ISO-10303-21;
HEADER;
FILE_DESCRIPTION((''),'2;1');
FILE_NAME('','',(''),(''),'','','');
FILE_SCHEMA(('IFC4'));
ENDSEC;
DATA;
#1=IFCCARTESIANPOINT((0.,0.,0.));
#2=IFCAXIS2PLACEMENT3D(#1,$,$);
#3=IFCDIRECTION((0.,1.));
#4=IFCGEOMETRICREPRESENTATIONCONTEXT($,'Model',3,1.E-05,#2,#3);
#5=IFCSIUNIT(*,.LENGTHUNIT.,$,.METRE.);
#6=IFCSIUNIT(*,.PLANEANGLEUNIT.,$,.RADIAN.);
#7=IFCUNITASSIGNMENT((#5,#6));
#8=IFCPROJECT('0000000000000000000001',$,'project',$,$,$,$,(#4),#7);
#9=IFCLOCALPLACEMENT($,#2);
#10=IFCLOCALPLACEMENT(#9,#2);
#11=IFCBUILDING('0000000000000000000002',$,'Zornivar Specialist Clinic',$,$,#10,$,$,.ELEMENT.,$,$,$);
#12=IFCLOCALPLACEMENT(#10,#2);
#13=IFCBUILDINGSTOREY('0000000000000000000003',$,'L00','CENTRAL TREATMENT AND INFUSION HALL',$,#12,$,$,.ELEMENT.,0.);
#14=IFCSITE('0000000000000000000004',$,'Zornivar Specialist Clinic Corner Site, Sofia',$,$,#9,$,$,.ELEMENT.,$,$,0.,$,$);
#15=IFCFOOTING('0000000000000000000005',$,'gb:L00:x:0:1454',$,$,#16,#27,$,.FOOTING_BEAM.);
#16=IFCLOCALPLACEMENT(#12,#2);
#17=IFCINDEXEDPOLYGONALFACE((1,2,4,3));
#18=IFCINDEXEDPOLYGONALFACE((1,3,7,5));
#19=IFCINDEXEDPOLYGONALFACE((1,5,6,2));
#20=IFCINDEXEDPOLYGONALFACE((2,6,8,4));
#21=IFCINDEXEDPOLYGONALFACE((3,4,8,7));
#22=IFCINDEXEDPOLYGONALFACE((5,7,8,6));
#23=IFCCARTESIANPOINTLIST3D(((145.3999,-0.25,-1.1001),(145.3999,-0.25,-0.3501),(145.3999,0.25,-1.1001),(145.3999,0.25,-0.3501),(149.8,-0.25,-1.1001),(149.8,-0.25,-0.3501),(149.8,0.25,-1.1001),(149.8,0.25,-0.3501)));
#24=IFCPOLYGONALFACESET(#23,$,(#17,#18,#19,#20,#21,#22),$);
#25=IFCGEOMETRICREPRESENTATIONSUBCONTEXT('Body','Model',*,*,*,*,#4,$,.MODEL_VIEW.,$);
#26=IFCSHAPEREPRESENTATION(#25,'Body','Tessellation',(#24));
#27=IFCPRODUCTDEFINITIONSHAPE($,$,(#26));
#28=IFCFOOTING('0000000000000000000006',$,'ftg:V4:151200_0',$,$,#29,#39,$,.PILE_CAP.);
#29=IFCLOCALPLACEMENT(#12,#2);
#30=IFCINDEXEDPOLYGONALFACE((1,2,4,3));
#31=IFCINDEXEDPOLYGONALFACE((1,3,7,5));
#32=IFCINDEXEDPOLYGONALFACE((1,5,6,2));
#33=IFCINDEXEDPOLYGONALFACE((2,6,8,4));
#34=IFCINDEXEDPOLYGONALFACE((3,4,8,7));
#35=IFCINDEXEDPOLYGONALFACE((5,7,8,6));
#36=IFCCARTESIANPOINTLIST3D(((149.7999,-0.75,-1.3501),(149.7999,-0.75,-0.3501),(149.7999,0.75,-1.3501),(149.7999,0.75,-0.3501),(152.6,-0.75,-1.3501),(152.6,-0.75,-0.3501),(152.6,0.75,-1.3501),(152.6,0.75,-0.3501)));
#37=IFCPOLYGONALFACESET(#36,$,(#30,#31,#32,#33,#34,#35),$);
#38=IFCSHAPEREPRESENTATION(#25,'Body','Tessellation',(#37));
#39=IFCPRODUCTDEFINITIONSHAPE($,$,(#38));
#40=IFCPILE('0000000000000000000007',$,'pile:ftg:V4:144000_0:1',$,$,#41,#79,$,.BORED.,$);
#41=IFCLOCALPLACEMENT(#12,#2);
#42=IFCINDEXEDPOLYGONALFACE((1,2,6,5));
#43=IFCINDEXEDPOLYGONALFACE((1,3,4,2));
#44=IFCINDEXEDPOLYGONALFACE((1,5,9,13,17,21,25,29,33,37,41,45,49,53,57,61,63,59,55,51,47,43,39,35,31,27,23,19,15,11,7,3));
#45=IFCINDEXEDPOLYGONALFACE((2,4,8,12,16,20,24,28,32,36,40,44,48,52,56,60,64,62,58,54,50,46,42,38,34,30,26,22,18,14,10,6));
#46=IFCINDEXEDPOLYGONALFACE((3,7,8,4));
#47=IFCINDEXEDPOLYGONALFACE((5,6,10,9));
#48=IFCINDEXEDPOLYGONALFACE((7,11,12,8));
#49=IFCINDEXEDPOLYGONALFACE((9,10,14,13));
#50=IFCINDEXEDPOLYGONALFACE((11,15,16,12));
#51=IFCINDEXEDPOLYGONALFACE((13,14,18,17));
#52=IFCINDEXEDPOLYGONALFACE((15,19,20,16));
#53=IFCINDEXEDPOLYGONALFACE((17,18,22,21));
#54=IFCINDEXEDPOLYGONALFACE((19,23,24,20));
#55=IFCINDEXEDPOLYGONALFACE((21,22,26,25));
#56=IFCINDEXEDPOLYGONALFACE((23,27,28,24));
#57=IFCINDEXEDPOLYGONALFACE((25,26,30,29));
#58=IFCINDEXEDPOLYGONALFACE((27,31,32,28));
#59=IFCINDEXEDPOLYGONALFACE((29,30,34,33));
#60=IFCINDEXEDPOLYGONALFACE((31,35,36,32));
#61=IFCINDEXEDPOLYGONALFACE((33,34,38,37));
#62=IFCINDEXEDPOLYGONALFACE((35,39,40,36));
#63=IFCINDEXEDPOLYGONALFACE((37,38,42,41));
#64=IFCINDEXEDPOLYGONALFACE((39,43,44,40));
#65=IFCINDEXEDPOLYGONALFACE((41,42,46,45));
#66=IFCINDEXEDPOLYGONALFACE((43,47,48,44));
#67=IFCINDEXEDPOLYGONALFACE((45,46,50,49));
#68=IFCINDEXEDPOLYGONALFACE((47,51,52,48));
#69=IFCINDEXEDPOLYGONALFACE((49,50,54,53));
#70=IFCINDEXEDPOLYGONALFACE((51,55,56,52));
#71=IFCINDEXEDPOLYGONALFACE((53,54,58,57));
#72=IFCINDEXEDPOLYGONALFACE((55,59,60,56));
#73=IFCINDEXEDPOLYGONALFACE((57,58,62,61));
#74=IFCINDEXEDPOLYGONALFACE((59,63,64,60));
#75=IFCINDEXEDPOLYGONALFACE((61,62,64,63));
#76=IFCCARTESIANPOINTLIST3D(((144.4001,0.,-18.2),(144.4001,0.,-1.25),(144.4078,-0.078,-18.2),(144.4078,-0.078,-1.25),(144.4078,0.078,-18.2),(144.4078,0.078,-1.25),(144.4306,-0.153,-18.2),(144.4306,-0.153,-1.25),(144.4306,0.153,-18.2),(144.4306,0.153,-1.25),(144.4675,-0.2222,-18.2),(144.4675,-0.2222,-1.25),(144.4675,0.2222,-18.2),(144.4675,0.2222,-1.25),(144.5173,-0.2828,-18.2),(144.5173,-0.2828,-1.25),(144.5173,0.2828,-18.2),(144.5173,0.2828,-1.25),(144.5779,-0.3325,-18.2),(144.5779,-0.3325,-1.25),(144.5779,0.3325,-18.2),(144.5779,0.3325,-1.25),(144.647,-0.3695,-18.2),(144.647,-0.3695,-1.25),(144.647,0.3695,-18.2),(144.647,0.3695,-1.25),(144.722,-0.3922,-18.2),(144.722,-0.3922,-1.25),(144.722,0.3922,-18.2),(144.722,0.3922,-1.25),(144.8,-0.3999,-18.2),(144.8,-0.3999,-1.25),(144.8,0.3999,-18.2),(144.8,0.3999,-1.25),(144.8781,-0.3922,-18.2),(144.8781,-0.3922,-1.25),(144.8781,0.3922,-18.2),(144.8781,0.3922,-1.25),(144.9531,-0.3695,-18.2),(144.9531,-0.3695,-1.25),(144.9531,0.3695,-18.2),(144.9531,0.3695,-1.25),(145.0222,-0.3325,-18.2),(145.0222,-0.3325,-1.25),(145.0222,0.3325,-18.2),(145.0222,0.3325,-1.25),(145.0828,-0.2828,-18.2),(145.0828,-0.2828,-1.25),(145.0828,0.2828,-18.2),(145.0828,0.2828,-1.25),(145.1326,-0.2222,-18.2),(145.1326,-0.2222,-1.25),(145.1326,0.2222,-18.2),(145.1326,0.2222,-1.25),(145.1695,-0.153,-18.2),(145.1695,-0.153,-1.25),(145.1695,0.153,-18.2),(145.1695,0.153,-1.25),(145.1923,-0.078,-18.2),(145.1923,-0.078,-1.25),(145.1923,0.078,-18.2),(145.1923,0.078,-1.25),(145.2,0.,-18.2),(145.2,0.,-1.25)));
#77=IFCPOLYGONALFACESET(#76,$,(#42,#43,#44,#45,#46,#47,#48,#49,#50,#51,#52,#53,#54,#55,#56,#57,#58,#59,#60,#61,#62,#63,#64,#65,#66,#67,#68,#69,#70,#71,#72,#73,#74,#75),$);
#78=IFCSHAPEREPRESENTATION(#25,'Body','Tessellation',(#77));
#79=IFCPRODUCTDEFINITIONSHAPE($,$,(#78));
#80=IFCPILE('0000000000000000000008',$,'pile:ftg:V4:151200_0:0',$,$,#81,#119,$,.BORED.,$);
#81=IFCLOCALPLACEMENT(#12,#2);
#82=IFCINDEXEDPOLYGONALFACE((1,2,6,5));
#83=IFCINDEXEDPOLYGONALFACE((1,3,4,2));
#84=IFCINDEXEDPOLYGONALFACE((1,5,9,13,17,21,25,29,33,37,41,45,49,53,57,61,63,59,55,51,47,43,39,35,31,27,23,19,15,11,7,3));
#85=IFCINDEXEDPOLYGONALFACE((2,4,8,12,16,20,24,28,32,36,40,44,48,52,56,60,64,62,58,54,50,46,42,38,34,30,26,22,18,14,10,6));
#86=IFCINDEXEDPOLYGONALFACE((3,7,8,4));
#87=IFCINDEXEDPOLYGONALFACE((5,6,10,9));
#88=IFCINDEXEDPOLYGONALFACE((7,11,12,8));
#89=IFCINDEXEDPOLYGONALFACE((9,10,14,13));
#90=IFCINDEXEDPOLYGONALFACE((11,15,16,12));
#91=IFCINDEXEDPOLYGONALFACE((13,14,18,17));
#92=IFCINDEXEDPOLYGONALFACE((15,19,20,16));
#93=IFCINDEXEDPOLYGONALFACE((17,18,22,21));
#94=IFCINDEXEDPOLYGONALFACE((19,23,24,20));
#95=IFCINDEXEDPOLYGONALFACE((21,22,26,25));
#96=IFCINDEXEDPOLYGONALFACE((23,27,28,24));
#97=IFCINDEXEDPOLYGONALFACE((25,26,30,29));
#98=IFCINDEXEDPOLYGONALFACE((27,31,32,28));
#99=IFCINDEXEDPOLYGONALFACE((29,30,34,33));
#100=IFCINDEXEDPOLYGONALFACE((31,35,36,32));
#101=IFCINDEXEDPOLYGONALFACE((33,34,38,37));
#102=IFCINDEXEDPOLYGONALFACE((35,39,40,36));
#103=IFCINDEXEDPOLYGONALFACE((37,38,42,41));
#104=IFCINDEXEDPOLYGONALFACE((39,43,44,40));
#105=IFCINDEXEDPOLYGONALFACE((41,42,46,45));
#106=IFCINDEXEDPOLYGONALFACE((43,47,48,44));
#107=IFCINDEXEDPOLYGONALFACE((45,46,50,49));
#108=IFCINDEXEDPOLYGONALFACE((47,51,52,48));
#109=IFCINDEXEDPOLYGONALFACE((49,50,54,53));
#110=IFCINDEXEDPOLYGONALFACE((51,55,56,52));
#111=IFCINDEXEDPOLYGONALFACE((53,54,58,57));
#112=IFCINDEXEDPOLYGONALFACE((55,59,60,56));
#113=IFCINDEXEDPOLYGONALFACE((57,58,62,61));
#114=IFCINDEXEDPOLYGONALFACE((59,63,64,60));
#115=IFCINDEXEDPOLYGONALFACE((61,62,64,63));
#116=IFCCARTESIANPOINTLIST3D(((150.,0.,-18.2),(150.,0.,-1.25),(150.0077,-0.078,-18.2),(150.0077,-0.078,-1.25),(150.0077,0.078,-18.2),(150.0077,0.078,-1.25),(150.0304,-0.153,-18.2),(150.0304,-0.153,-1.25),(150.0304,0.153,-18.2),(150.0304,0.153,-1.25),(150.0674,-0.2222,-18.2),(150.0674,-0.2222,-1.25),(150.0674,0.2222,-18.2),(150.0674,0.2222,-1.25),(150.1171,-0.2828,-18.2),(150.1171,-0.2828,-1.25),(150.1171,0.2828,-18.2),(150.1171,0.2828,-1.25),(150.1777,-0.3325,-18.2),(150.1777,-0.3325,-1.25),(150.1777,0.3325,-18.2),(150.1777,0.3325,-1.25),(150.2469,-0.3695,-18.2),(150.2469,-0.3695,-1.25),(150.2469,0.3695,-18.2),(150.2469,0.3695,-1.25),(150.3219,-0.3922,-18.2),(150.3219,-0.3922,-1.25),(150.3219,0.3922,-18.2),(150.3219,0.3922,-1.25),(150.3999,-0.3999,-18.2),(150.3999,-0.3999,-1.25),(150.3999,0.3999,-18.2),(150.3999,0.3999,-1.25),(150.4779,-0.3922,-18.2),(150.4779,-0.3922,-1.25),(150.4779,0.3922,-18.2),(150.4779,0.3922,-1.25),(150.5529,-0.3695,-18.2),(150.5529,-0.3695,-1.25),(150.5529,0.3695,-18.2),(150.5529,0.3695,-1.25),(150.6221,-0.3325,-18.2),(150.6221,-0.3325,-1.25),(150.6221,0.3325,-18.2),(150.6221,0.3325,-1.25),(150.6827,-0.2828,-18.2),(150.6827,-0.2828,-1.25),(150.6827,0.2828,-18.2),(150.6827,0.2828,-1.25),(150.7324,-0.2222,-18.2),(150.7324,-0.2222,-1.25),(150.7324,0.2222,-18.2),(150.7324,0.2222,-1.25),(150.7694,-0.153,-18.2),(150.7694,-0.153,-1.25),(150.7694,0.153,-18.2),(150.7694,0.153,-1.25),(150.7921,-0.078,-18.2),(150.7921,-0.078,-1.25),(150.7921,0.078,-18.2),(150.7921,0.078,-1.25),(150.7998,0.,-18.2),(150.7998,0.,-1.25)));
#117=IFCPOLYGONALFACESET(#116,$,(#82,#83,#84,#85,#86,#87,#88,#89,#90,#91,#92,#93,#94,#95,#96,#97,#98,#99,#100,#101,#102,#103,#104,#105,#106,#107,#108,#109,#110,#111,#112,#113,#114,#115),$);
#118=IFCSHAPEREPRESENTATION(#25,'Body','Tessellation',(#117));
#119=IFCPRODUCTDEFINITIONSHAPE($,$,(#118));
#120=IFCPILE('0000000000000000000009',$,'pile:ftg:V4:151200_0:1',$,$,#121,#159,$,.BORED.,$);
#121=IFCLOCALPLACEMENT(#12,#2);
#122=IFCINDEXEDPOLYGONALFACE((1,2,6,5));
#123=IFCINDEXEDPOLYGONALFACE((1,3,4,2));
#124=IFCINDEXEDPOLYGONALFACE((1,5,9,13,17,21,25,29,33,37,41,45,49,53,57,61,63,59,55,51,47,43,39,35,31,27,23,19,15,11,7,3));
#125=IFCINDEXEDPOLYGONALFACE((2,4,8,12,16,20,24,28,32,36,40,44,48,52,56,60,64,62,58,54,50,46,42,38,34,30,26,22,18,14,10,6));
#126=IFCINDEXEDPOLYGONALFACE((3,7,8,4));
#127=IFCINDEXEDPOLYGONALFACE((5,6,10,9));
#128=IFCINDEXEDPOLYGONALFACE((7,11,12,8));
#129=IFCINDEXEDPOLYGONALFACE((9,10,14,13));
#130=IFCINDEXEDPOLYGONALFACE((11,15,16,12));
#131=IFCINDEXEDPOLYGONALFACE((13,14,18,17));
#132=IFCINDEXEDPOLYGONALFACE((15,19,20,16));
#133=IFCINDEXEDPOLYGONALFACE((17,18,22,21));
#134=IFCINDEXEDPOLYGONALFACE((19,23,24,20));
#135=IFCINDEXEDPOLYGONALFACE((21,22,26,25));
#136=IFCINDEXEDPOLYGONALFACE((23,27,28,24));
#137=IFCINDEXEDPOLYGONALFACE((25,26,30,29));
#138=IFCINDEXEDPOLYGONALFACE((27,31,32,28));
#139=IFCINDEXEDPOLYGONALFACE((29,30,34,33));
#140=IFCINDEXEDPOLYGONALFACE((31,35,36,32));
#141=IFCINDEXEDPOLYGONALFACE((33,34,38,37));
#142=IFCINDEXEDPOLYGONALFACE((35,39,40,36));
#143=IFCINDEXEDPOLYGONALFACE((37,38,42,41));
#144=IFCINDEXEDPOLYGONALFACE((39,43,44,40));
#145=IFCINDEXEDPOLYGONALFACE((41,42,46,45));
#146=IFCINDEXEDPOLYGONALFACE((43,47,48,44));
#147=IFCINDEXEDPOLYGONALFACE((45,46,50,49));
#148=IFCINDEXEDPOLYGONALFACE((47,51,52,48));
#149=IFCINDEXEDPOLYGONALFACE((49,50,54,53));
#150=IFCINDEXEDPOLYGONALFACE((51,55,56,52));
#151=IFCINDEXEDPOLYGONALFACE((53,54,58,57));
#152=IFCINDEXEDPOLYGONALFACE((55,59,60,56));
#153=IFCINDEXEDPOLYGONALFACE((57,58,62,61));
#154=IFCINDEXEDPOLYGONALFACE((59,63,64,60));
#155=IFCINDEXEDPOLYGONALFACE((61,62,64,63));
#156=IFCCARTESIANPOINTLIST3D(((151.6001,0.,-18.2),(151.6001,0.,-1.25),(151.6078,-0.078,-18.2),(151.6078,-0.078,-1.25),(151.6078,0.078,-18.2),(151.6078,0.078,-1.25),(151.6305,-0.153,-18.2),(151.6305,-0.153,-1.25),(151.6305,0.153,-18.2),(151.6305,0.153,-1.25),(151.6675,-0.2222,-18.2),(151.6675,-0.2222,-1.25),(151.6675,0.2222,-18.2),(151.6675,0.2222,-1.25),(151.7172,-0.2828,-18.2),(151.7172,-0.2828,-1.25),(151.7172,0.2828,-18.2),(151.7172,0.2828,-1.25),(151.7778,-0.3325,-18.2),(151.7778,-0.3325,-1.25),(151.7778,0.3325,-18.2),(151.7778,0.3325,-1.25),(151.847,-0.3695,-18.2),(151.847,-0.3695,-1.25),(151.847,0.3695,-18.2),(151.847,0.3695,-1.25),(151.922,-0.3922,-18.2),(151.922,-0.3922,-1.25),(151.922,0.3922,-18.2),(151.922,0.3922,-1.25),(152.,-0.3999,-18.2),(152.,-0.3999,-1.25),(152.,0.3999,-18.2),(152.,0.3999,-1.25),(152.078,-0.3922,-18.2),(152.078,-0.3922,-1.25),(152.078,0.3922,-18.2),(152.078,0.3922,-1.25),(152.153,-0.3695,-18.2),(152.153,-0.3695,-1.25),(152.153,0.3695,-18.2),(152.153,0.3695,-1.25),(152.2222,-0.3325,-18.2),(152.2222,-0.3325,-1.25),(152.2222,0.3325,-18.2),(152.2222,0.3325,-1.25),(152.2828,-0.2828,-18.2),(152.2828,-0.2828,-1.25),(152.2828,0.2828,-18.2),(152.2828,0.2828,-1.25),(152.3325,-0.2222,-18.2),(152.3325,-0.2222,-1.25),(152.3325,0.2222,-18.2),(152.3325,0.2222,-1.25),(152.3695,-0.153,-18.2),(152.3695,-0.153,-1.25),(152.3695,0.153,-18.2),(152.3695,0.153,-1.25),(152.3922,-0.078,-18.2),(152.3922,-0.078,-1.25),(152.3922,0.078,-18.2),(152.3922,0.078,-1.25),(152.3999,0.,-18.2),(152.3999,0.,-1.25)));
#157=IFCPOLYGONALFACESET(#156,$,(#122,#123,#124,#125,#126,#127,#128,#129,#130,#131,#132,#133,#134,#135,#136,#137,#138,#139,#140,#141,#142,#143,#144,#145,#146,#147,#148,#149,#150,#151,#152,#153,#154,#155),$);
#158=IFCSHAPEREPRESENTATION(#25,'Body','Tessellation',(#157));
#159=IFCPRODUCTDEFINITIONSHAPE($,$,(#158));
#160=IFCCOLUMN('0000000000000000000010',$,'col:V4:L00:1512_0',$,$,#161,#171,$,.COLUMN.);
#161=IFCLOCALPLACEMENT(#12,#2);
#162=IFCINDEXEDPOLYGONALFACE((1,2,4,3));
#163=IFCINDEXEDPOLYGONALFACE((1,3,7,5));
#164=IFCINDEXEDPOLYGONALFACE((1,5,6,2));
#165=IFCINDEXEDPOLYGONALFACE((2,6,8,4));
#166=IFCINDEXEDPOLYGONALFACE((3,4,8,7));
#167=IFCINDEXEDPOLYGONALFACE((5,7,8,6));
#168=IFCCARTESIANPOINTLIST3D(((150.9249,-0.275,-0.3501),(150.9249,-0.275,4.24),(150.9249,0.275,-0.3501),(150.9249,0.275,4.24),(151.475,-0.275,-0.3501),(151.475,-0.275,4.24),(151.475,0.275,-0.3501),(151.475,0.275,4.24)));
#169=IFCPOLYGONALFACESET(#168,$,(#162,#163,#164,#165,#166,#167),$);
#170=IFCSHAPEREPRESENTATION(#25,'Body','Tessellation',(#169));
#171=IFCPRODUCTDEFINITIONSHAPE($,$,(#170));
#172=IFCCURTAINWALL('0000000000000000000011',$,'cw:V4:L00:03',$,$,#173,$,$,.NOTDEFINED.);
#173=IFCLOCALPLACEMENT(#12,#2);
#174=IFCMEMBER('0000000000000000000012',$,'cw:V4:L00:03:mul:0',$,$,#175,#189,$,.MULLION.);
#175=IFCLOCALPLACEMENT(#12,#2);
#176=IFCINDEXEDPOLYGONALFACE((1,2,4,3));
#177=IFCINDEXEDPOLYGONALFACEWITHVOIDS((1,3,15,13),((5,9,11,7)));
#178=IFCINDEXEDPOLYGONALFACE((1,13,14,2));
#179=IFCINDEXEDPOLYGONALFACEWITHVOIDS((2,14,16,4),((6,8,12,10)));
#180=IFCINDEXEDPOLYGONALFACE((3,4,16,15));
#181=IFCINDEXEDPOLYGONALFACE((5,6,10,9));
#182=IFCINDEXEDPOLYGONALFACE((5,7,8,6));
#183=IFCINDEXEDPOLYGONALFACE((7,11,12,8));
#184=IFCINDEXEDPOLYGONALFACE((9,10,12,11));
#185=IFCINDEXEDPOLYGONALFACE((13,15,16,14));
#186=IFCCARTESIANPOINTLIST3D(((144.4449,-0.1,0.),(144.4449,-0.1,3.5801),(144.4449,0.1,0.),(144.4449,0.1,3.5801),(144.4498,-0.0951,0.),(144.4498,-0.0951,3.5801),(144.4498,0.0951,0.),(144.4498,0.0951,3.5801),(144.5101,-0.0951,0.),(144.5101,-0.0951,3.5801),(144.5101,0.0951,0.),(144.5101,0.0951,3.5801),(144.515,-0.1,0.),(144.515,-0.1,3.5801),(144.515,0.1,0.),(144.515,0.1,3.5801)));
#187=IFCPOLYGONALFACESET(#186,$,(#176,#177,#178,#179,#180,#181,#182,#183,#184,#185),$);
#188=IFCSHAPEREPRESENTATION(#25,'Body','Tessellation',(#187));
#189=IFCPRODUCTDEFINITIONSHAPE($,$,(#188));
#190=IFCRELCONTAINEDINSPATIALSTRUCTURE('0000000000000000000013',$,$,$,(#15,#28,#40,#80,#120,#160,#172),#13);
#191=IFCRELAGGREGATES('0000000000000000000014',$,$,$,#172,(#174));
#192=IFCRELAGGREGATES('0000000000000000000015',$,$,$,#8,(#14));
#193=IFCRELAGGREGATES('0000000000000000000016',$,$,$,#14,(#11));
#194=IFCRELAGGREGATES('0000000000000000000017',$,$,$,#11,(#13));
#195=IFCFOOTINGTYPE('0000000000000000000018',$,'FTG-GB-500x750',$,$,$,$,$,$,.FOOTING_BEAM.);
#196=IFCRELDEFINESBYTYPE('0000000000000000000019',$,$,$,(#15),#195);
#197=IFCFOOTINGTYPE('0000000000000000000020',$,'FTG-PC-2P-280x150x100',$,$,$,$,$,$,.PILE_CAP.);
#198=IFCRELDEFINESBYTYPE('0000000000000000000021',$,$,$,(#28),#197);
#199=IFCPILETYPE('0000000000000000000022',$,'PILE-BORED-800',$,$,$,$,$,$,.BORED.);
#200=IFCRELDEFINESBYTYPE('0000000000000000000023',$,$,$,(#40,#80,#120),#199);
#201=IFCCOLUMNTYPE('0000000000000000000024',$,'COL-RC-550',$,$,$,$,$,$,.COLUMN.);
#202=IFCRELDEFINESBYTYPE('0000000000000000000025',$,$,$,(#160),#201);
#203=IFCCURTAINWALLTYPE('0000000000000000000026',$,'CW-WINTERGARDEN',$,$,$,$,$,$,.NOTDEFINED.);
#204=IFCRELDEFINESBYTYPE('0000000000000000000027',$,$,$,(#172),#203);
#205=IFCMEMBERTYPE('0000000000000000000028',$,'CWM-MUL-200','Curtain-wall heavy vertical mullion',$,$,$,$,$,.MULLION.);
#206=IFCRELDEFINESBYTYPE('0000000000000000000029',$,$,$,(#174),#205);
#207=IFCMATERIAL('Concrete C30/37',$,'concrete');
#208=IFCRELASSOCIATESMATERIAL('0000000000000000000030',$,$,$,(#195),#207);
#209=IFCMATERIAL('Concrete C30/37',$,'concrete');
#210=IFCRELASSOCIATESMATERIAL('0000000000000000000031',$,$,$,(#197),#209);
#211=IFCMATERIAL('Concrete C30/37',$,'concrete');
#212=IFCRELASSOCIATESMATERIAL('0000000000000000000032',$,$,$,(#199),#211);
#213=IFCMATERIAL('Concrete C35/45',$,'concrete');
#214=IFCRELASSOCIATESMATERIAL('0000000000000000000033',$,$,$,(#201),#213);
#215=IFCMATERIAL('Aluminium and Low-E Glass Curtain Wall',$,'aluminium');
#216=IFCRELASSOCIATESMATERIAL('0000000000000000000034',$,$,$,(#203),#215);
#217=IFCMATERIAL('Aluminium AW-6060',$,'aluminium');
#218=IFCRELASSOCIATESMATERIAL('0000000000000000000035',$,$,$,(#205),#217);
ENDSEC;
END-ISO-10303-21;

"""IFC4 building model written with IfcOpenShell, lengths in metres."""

from ifc_helpers import new_model, si_unit, direction, frame, origin, origin_2d, place, context, subcontext, project, spatial, rectangle, hollow_rectangle, circle, extrude, material, material_profile, profile_set, type_object, element, aggregate, save


model = new_model("IFC4")

# Units and contexts
model_context = context("Model", 3, precision=1e-05, world=origin(), true_north=direction((0.0, 1.0)))
body_context = subcontext(model_context, "Body", "Model", "MODEL_VIEW")
ifc_project = project(units=[si_unit("LENGTHUNIT", "METRE"), si_unit("PLANEANGLEUNIT", "RADIAN")], contexts=[model_context])

# Site, building, storey
site_placement = place(None, origin())
site = spatial("IfcSite", under=ifc_project, at=site_placement, Name="Zornivar Specialist Clinic Corner Site, Sofia", CompositionType="ELEMENT", RefElevation=0.0)
building_placement = place(site_placement, origin())
building = spatial("IfcBuilding", under=site, at=building_placement, Name="Zornivar Specialist Clinic", CompositionType="ELEMENT")
storey_placement = place(building_placement, origin())
storey = spatial("IfcBuildingStorey", under=building, at=storey_placement, Name="L00", Description="CENTRAL TREATMENT AND INFUSION HALL", CompositionType="ELEMENT", Elevation=0.0)

# Footings
ifc_material_1 = material(Name="Concrete C30/37", Category="concrete")
ifc_material_profile_1 = material_profile(ifc_material_1, rectangle(XDim=0.5, YDim=0.75, at=origin_2d()), Name="RC 500x750")
ifc_profile_set_1 = profile_set([ifc_material_profile_1], Name="Concrete C30/37")
footing_type_1 = type_object("IfcFootingType", Name="FTG-GB-500x750", PredefinedType="FOOTING_BEAM", material=ifc_profile_set_1)
footing_1_placement = place(storey_placement, frame((145.3999, 0.0, -0.7251), z_axis=(1.0, 0.0, 0.0), x_axis=(0.0, 1.0, 0.0)))
element("IfcFooting", 1, at=footing_1_placement, inside=storey, type_object=footing_type_1, Name="gb:L00:x:0:1454", PredefinedType="FOOTING_BEAM", context=body_context, shape_type="SweptSolid", body=[
    extrude(rectangle(XDim=0.5, YDim=0.75, at=origin_2d()), origin(), (0.0, 0.0, 1.0), 4.4001),
])
ifc_material_2 = material(Name="Concrete C30/37", Category="concrete")
footing_type_2 = type_object("IfcFootingType", Name="FTG-PC-2P-280x150x100", PredefinedType="PILE_CAP", material=ifc_material_2)
footing_2_placement = place(storey_placement, frame((151.2, 0.0, -1.3501), z_axis=(0.0, 0.0, 1.0), x_axis=(1.0, 0.0, 0.0)))
element("IfcFooting", 2, at=footing_2_placement, inside=storey, type_object=footing_type_2, Name="ftg:V4:151200_0", PredefinedType="PILE_CAP", context=body_context, shape_type="SweptSolid", body=[
    extrude(rectangle(XDim=2.8, YDim=1.5, at=origin_2d()), origin(), (0.0, 0.0, 1.0), 1.0),
])

# Piles
ifc_material_3 = material(Name="Concrete C30/37", Category="concrete")
ifc_material_profile_2 = material_profile(ifc_material_3, circle(Radius=0.3999, at=origin_2d()), Name="PILE D800")
ifc_profile_set_2 = profile_set([ifc_material_profile_2], Name="Concrete C30/37")
pile_type = type_object("IfcPileType", Name="PILE-BORED-800", PredefinedType="BORED", material=ifc_profile_set_2)
for number, where, z_axis, x_axis, name in (
    (3, (144.8, 0.0, -1.25), (0.0, 0.0, -1.0), (1.0, 0.0, 0.0), "pile:ftg:V4:144000_0:1"),
    (4, (150.3999, 0.0, -1.25), (0.0, 0.0, -1.0), (1.0, 0.0, 0.0), "pile:ftg:V4:151200_0:0"),
    (5, (152.0, 0.0, -1.25), (0.0, 0.0, -1.0), (1.0, 0.0, 0.0), "pile:ftg:V4:151200_0:1"),
):
    element("IfcPile", number, at=place(storey_placement, frame(where, z_axis=z_axis, x_axis=x_axis)), inside=storey, type_object=pile_type, Name=name, PredefinedType="BORED", context=body_context, shape_type="SweptSolid", body=[
        extrude(circle(Radius=0.3999, at=origin_2d()), origin(), (0.0, 0.0, 1.0), 16.95),
    ])

# Column
ifc_material_4 = material(Name="Concrete C35/45", Category="concrete")
ifc_material_profile_3 = material_profile(ifc_material_4, rectangle(XDim=0.55, YDim=0.55, at=origin_2d()), Name="RC 550x550")
ifc_profile_set_3 = profile_set([ifc_material_profile_3], Name="Concrete C35/45")
column_type = type_object("IfcColumnType", Name="COL-RC-550", PredefinedType="COLUMN", material=ifc_profile_set_3)
column_placement = place(storey_placement, frame((151.2, 0.0, -0.3501), z_axis=(0.0, 0.0, 1.0), x_axis=(1.0, 0.0, 0.0)))
element("IfcColumn", 6, at=column_placement, inside=storey, type_object=column_type, Name="col:V4:L00:1512_0", PredefinedType="COLUMN", context=body_context, shape_type="SweptSolid", body=[
    extrude(rectangle(XDim=0.55, YDim=0.55, at=origin_2d()), origin(), (0.0, 0.0, 1.0), 4.5901),
])

# Curtain wall, member
ifc_material_5 = material(Name="Aluminium and Low-E Glass Curtain Wall", Category="aluminium")
curtain_wall_type = type_object("IfcCurtainWallType", Name="CW-WINTERGARDEN", PredefinedType="NOTDEFINED", material=ifc_material_5)
curtain_wall_placement = place(storey_placement, origin())
curtain_wall = element("IfcCurtainWall", 7, at=curtain_wall_placement, inside=storey, type_object=curtain_wall_type, Name="cw:V4:L00:03", PredefinedType="NOTDEFINED")
ifc_material_6 = material(Name="Aluminium AW-6060", Category="aluminium")
ifc_material_profile_4 = material_profile(ifc_material_6, hollow_rectangle(XDim=0.0701, YDim=0.2, WallThickness=0.0049, at=origin_2d()), Name="ALU 70x200x5")
ifc_profile_set_4 = profile_set([ifc_material_profile_4], Name="Aluminium AW-6060")
member_type_1 = type_object("IfcMemberType", Name="CWM-MUL-200", Description="Curtain-wall heavy vertical mullion", PredefinedType="MULLION", material=ifc_profile_set_4)
member_1_placement = place(storey_placement, frame((144.48, 0.0, 0.0), z_axis=(0.0, 0.0, 1.0), x_axis=(1.0, 0.0, 0.0)))
member_1 = element("IfcMember", 8, at=member_1_placement, type_object=member_type_1, Name="cw:V4:L00:03:mul:0", PredefinedType="MULLION", context=body_context, shape_type="SweptSolid", body=[
    extrude(hollow_rectangle(XDim=0.0701, YDim=0.2, WallThickness=0.0049, at=origin_2d()), origin(), (0.0, 0.0, 1.0), 3.5801),
])
aggregate(curtain_wall, [member_1])

save(model, "model.ifc")
